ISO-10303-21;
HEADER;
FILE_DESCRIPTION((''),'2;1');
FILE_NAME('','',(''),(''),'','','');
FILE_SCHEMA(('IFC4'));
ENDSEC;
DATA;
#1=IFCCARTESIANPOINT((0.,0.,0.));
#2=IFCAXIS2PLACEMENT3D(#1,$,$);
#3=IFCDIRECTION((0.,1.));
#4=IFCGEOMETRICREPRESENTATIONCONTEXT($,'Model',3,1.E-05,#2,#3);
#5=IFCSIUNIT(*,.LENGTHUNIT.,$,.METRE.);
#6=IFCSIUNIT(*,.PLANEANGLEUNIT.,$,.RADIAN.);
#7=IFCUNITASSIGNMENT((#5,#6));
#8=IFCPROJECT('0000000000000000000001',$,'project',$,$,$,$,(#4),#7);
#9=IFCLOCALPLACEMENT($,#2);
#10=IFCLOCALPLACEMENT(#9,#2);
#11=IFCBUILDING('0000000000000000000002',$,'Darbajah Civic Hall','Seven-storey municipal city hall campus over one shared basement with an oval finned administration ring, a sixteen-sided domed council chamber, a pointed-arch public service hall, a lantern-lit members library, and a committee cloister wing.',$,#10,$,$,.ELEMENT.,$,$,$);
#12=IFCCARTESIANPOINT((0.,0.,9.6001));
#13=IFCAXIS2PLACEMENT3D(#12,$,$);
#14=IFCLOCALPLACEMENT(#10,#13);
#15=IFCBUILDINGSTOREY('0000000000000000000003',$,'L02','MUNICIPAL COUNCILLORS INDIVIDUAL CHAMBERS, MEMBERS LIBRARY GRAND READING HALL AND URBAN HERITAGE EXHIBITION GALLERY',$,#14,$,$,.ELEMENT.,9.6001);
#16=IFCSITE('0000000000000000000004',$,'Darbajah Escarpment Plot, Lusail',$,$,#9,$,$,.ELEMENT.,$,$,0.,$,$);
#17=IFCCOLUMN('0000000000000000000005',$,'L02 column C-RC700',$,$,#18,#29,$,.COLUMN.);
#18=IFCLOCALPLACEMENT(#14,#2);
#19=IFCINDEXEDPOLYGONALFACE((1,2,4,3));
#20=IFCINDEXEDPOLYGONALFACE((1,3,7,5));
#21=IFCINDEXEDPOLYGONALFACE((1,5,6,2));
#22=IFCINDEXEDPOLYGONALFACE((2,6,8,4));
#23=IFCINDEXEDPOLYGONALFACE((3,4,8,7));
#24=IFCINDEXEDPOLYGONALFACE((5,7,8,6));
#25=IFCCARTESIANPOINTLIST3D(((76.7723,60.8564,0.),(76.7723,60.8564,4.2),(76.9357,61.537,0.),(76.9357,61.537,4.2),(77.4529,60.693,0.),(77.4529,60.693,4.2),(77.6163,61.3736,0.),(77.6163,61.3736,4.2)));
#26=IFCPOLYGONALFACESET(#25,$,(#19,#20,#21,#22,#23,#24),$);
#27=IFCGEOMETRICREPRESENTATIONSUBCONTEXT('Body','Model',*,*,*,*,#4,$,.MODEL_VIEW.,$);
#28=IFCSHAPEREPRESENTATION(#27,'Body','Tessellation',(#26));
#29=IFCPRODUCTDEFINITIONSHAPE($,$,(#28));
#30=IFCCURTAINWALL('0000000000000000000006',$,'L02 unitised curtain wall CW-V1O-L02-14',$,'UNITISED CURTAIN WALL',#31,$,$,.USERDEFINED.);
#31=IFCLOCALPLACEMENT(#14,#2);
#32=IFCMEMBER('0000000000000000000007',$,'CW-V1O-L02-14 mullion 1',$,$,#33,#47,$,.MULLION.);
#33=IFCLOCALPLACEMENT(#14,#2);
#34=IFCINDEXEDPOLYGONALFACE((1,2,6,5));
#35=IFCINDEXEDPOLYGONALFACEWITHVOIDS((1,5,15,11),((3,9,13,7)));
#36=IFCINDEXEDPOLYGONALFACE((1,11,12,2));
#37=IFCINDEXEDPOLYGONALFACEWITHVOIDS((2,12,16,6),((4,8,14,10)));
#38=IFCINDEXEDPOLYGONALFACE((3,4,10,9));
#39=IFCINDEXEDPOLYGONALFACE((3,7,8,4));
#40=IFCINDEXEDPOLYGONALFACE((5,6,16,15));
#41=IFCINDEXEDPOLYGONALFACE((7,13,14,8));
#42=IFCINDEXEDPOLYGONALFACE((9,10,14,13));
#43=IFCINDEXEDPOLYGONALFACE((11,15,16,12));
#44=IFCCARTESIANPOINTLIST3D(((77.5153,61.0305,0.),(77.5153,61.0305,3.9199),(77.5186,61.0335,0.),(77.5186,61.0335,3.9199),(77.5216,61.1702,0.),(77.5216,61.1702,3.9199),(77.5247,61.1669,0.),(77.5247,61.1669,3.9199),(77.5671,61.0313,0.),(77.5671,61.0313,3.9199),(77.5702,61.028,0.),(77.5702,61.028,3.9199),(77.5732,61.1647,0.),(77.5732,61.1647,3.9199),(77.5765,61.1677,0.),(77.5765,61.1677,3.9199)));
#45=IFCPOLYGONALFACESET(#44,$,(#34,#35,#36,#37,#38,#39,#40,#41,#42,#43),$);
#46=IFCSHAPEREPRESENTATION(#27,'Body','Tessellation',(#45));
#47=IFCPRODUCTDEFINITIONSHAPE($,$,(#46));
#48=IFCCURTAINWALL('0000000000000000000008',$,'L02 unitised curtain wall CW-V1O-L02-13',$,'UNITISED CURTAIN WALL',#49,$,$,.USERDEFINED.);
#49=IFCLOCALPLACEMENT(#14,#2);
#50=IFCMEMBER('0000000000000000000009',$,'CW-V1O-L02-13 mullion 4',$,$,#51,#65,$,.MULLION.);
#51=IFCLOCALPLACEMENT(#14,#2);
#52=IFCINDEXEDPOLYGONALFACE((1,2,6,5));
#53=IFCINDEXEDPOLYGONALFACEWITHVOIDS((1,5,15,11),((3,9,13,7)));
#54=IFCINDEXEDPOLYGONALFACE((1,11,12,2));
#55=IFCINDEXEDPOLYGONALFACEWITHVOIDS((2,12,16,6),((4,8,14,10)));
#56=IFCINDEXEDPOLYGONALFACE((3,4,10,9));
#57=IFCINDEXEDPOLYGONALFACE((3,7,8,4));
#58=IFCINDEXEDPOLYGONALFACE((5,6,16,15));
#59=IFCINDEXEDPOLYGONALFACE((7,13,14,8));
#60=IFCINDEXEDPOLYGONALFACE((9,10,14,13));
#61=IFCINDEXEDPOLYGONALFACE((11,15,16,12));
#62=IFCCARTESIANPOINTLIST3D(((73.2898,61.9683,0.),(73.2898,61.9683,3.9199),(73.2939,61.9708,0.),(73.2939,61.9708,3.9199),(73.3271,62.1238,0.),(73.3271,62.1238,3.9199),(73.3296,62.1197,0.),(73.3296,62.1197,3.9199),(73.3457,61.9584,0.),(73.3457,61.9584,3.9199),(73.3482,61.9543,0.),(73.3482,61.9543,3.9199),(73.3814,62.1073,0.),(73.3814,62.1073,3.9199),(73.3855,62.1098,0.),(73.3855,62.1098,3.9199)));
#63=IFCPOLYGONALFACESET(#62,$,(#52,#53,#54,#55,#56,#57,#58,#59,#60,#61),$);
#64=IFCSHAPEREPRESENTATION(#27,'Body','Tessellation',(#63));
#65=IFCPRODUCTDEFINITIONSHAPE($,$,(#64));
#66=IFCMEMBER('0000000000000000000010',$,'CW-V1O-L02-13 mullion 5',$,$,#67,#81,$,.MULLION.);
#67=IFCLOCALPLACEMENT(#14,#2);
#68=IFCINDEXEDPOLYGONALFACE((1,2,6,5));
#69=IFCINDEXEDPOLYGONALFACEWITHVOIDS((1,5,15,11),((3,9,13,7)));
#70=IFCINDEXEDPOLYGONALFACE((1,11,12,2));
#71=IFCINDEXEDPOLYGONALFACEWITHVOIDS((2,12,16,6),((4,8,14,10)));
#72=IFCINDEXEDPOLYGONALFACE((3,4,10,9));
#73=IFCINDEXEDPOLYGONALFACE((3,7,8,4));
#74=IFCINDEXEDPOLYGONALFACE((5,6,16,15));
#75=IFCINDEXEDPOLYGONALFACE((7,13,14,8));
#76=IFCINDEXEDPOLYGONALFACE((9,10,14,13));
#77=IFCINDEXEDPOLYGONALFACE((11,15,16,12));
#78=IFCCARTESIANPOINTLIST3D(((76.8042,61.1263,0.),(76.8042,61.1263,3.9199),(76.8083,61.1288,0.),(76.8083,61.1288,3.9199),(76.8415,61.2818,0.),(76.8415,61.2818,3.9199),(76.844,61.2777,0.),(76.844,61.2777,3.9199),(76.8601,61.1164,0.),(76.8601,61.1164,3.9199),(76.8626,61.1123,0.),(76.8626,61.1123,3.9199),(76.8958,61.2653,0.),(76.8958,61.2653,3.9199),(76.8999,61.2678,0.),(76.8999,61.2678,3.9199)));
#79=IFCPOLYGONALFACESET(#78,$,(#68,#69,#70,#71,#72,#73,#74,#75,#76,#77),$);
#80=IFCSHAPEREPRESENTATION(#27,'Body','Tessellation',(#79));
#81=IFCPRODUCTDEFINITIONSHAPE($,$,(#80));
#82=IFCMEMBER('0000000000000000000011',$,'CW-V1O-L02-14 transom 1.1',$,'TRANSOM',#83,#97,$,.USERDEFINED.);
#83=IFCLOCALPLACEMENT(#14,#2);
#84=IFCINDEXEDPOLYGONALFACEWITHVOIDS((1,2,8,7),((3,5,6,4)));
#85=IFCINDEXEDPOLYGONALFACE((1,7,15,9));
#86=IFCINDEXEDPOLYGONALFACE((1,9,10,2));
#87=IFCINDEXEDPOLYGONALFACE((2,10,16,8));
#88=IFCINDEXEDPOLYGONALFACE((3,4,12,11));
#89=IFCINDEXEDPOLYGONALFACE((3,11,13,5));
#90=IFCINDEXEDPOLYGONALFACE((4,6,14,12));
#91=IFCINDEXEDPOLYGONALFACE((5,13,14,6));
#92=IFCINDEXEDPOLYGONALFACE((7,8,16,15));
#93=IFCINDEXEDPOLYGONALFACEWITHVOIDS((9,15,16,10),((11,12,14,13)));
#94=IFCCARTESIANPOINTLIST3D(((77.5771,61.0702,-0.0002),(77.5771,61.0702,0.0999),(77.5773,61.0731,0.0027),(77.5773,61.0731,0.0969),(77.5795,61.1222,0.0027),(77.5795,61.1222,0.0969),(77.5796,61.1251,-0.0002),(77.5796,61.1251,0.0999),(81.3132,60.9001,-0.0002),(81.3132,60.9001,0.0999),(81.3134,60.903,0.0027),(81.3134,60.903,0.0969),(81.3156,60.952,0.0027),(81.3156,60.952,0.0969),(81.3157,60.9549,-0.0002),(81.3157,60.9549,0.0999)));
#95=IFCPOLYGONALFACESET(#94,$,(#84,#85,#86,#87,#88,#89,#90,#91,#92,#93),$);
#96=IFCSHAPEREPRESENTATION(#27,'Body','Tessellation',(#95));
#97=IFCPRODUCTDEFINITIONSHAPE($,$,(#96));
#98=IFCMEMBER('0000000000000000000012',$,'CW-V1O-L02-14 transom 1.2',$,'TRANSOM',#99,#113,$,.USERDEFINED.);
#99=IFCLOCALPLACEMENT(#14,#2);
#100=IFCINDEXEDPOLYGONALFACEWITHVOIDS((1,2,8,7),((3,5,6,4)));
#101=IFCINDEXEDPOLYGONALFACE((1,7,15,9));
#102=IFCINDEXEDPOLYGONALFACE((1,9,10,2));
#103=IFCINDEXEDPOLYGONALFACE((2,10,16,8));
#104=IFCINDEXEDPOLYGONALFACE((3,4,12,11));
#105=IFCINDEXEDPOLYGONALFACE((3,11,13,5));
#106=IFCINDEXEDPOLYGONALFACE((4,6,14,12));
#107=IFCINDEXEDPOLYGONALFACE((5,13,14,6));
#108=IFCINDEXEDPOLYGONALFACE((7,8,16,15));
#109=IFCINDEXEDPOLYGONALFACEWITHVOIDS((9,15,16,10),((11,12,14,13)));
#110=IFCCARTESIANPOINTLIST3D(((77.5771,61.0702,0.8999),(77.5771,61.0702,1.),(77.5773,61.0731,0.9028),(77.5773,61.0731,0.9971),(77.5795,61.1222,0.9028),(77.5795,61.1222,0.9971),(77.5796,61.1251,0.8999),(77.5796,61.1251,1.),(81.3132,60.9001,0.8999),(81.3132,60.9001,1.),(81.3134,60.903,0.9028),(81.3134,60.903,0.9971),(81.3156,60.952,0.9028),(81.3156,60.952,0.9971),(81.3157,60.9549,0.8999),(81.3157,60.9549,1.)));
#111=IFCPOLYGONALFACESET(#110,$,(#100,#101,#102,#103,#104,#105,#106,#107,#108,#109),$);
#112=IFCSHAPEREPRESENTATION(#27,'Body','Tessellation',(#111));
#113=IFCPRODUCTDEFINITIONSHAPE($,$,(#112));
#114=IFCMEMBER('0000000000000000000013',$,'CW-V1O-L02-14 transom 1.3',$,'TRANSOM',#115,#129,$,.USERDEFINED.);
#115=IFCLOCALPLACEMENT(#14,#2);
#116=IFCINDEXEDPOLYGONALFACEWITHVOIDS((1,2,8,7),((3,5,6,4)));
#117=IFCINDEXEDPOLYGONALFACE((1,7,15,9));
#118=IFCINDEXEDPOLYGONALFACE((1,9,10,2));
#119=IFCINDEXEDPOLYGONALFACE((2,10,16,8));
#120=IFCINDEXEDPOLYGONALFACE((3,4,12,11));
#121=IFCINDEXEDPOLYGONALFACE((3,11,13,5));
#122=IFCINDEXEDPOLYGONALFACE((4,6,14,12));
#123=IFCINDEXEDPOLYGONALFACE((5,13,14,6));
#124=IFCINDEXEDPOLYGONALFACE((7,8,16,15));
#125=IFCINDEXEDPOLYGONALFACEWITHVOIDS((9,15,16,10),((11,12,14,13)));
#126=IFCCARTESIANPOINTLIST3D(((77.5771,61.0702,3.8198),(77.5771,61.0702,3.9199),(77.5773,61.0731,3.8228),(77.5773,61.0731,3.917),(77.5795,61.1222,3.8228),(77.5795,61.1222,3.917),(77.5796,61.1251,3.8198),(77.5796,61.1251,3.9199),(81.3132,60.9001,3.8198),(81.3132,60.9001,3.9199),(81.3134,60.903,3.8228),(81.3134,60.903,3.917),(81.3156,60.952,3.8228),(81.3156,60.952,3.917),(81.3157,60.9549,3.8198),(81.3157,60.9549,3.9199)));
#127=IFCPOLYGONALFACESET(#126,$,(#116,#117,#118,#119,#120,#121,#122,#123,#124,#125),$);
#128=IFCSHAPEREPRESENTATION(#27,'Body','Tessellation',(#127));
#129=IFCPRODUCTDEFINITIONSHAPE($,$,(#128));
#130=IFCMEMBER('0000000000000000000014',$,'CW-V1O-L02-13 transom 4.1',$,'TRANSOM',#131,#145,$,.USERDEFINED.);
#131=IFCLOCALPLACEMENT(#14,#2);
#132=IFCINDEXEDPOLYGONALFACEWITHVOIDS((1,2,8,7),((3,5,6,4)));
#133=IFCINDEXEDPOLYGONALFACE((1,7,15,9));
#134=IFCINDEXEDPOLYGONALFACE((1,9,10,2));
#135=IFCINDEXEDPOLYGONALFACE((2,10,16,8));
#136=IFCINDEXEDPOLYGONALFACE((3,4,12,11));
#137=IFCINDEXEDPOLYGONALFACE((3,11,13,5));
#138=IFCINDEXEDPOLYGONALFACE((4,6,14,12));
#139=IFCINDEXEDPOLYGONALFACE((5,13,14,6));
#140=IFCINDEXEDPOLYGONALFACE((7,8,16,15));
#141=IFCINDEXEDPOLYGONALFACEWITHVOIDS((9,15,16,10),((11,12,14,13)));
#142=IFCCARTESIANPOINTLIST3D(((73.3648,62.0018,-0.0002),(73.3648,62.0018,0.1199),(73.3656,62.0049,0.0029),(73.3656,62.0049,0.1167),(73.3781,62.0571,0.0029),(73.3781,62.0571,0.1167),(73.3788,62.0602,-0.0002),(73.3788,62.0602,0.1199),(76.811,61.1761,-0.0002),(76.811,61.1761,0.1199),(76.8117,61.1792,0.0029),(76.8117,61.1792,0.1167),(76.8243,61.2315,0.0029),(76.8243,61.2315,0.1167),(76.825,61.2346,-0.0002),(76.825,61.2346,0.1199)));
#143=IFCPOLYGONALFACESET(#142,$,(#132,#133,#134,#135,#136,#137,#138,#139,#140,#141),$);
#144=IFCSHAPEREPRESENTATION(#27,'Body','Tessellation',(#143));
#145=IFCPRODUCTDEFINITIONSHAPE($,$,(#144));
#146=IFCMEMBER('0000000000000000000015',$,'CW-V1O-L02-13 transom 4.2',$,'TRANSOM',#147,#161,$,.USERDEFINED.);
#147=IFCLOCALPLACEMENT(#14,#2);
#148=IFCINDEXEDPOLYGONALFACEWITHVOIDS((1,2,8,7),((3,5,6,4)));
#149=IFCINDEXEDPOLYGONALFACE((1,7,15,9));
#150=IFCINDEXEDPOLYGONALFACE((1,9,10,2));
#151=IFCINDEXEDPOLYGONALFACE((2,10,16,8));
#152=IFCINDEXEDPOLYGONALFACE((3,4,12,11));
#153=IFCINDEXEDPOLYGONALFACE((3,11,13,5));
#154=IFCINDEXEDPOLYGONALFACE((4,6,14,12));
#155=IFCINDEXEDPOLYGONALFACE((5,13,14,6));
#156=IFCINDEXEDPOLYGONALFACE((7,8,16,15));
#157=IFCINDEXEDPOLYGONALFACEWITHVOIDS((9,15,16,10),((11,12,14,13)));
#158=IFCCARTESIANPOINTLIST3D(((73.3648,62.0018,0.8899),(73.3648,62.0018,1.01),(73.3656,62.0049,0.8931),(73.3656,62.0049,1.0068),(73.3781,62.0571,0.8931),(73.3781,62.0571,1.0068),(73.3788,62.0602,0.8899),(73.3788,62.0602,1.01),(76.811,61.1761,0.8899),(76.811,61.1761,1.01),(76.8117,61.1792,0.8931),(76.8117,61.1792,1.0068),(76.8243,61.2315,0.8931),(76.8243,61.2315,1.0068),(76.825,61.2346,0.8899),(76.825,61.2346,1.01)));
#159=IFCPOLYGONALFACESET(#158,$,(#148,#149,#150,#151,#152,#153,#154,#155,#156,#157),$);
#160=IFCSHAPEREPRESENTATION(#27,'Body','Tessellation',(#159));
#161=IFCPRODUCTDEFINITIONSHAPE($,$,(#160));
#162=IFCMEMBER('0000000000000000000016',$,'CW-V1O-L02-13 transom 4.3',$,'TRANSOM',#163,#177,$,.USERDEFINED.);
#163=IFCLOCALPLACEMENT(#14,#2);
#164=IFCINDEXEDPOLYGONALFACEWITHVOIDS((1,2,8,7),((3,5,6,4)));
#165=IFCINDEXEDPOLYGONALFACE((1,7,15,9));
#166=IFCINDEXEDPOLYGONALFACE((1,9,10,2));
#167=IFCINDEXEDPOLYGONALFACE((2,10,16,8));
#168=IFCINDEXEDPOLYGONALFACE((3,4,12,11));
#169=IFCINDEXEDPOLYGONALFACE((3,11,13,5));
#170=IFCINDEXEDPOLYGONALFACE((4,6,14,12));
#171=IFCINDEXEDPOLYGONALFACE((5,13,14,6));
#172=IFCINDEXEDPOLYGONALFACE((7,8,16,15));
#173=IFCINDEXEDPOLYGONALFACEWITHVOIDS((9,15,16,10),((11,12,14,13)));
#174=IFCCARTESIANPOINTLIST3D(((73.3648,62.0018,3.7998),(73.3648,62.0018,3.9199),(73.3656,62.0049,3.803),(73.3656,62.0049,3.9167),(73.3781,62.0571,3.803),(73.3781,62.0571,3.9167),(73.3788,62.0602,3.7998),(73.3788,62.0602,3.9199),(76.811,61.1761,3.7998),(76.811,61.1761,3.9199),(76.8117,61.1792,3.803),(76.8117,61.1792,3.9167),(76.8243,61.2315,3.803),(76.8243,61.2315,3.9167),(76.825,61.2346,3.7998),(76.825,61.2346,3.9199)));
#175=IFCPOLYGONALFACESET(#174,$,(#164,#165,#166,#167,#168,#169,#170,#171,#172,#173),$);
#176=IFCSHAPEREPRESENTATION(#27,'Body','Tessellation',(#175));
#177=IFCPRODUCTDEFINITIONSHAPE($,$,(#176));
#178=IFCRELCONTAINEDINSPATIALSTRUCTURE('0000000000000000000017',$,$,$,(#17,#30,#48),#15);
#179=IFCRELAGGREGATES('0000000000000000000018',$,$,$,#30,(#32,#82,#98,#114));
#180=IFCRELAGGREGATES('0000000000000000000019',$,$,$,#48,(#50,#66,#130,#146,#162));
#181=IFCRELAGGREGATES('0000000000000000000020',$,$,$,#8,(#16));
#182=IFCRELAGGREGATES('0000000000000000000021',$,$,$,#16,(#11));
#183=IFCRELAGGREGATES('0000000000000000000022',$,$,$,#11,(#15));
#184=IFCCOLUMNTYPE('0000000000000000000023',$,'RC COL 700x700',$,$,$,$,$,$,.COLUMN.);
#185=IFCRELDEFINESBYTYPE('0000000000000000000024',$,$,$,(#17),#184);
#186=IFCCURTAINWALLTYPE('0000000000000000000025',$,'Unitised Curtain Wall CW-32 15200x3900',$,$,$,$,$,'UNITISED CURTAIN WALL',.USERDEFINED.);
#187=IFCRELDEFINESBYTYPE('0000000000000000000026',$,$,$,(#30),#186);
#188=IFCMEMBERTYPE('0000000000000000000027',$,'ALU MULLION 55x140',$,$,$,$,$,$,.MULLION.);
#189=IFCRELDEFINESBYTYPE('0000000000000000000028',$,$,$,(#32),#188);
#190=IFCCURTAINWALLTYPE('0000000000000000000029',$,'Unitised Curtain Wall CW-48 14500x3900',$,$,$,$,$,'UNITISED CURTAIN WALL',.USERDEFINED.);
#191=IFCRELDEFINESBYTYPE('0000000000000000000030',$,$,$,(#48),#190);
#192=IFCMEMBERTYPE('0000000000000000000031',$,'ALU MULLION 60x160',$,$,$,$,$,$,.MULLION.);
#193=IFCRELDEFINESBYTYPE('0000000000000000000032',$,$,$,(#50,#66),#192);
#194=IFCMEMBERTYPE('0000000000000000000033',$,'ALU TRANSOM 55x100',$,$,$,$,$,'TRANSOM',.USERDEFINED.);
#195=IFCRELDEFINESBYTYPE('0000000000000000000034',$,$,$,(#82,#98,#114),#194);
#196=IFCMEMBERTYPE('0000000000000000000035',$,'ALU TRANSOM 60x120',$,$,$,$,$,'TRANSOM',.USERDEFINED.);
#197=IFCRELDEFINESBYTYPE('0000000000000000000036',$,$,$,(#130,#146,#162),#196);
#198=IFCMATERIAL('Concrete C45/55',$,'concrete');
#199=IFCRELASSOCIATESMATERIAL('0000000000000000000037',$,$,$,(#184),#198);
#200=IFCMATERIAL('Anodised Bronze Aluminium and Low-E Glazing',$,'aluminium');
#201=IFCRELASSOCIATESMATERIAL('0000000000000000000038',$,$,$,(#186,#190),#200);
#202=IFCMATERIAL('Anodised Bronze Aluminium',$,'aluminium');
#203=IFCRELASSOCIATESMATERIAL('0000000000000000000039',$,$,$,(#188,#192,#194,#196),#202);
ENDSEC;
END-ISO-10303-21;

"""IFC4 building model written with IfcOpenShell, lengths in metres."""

from ifc_helpers import new_model, si_unit, direction, frame, origin, origin_2d, place, context, subcontext, project, spatial, rectangle, hollow_rectangle, extrude, material, material_profile, profile_set, type_object, element, aggregate, save


model = new_model("IFC4")

# Units and contexts
model_context = context("Model", 3, precision=1e-05, world=origin(), true_north=direction((0.0, 1.0)))
body_context = subcontext(model_context, "Body", "Model", "MODEL_VIEW")
ifc_project = project(units=[si_unit("LENGTHUNIT", "METRE"), si_unit("PLANEANGLEUNIT", "RADIAN")], contexts=[model_context])

# Site, building, storey
site_placement = place(None, origin())
site = spatial("IfcSite", under=ifc_project, at=site_placement, Name="Darbajah Escarpment Plot, Lusail", CompositionType="ELEMENT", RefElevation=0.0)
building_placement = place(site_placement, origin())
building = spatial("IfcBuilding", under=site, at=building_placement, Name="Darbajah Civic Hall", Description="Seven-storey municipal city hall campus over one shared basement with an oval finned administration ring, a sixteen-sided domed council chamber, a pointed-arch public service hall, a lantern-lit members library, and a committee cloister wing.", CompositionType="ELEMENT")
storey_placement = place(building_placement, frame((0.0, 0.0, 9.6001)))
storey = spatial("IfcBuildingStorey", under=building, at=storey_placement, Name="L02", Description="MUNICIPAL COUNCILLORS INDIVIDUAL CHAMBERS, MEMBERS LIBRARY GRAND READING HALL AND URBAN HERITAGE EXHIBITION GALLERY", CompositionType="ELEMENT", Elevation=9.6001)

# Column
ifc_material_1 = material(Name="Concrete C45/55", Category="concrete")
ifc_material_profile_1 = material_profile(ifc_material_1, rectangle(XDim=0.7, YDim=0.7, at=origin_2d()), Name="RC COL 700x700")
ifc_profile_set_1 = profile_set([ifc_material_profile_1], Name="Concrete C45/55")
column_type = type_object("IfcColumnType", Name="RC COL 700x700", PredefinedType="COLUMN", material=ifc_profile_set_1)
column_placement = place(storey_placement, frame((77.1943, 61.115, 0.0), z_axis=(0.0, 0.0, 1.0), x_axis=(-0.233445, -0.97237, 0.0)))
element("IfcColumn", 1, at=column_placement, inside=storey, type_object=column_type, Name="L02 column C-RC700", PredefinedType="COLUMN", context=body_context, shape_type="SweptSolid", body=[
    extrude(rectangle(XDim=0.7, YDim=0.7, at=origin_2d()), origin(), (0.0, 0.0, 1.0), 4.2),
])

# Curtain wall, member
ifc_material_2 = material(Name="Anodised Bronze Aluminium and Low-E Glazing", Category="aluminium")
curtain_wall_type_1 = type_object("IfcCurtainWallType", Name="Unitised Curtain Wall CW-32 15200x3900", ElementType="UNITISED CURTAIN WALL", PredefinedType="USERDEFINED", material=ifc_material_2)
curtain_wall_1_placement = place(storey_placement, origin())
curtain_wall_1 = element("IfcCurtainWall", 2, at=curtain_wall_1_placement, inside=storey, type_object=curtain_wall_type_1, Name="L02 unitised curtain wall CW-V1O-L02-14", ObjectType="UNITISED CURTAIN WALL", PredefinedType="USERDEFINED")
ifc_material_3 = material(Name="Anodised Bronze Aluminium", Category="aluminium")
ifc_material_profile_2 = material_profile(ifc_material_3, hollow_rectangle(XDim=0.0549, YDim=0.1399, WallThickness=0.0032, at=origin_2d()), Name="ALU MULLION 55x140")
ifc_profile_set_2 = profile_set([ifc_material_profile_2], Name="Anodised Bronze Aluminium")
member_type_1 = type_object("IfcMemberType", Name="ALU MULLION 55x140", PredefinedType="MULLION", material=ifc_profile_set_2)
member_1_placement = place(storey_placement, frame((77.5459, 61.0991, 0.0), z_axis=(0.0, 0.0, 1.0), x_axis=(0.998963, -0.045537, 0.0)))
member_1 = element("IfcMember", 3, at=member_1_placement, type_object=member_type_1, Name="CW-V1O-L02-14 mullion 1", PredefinedType="MULLION", context=body_context, shape_type="SweptSolid", body=[
    extrude(hollow_rectangle(XDim=0.0549, YDim=0.1399, WallThickness=0.0032, at=origin_2d()), origin(), (0.0, 0.0, 1.0), 3.9199),
])

# Curtain wall, members
curtain_wall_type_2 = type_object("IfcCurtainWallType", Name="Unitised Curtain Wall CW-48 14500x3900", ElementType="UNITISED CURTAIN WALL", PredefinedType="USERDEFINED", material=ifc_material_2)
curtain_wall_2_placement = place(storey_placement, origin())
curtain_wall_2 = element("IfcCurtainWall", 4, at=curtain_wall_2_placement, inside=storey, type_object=curtain_wall_type_2, Name="L02 unitised curtain wall CW-V1O-L02-13", ObjectType="UNITISED CURTAIN WALL", PredefinedType="USERDEFINED")
ifc_material_profile_3 = material_profile(ifc_material_3, hollow_rectangle(XDim=0.0601, YDim=0.1599, WallThickness=0.0034, at=origin_2d()), Name="ALU MULLION 60x160")
ifc_profile_set_3 = profile_set([ifc_material_profile_3], Name="Anodised Bronze Aluminium")
member_type_2 = type_object("IfcMemberType", Name="ALU MULLION 60x160", PredefinedType="MULLION", material=ifc_profile_set_3)
member_2_placement = place(storey_placement, frame((73.3376, 62.0391, 0.0), z_axis=(0.0, 0.0, 1.0), x_axis=(0.972492, -0.232936, 0.0)))
member_2 = element("IfcMember", 5, at=member_2_placement, type_object=member_type_2, Name="CW-V1O-L02-13 mullion 4", PredefinedType="MULLION", context=body_context, shape_type="SweptSolid", body=[
    extrude(hollow_rectangle(XDim=0.0601, YDim=0.1599, WallThickness=0.0034, at=origin_2d()), origin(), (0.0, 0.0, 1.0), 3.9199),
])
member_3_placement = place(storey_placement, frame((76.8521, 61.197, 0.0), z_axis=(0.0, 0.0, 1.0), x_axis=(0.972492, -0.232936, 0.0)))
member_3 = element("IfcMember", 6, at=member_3_placement, type_object=member_type_2, Name="CW-V1O-L02-13 mullion 5", PredefinedType="MULLION", context=body_context, shape_type="SweptSolid", body=[
    extrude(hollow_rectangle(XDim=0.0601, YDim=0.1599, WallThickness=0.0034, at=origin_2d()), origin(), (0.0, 0.0, 1.0), 3.9199),
])

# Members
ifc_material_profile_4 = material_profile(ifc_material_3, hollow_rectangle(XDim=0.0549, YDim=0.1001, WallThickness=0.0029, at=origin_2d()), Name="ALU TRANSOM 55x100")
ifc_profile_set_4 = profile_set([ifc_material_profile_4], Name="Anodised Bronze Aluminium")
member_type_3 = type_object("IfcMemberType", Name="ALU TRANSOM 55x100", ElementType="TRANSOM", PredefinedType="USERDEFINED", material=ifc_profile_set_4)
member_4_placement = place(storey_placement, frame((77.5784, 61.0977, 0.0498), z_axis=(0.998964, -0.045499, 0.0), x_axis=(0.045499, 0.998964, 0.0)))
member_4 = element("IfcMember", 7, at=member_4_placement, type_object=member_type_3, Name="CW-V1O-L02-14 transom 1.1", ObjectType="TRANSOM", PredefinedType="USERDEFINED", context=body_context, shape_type="SweptSolid", body=[
    extrude(hollow_rectangle(XDim=0.0549, YDim=0.1001, WallThickness=0.0029, at=origin_2d()), origin(), (0.0, 0.0, 1.0), 3.74),
])
member_5_placement = place(storey_placement, frame((77.5784, 61.0977, 0.95), z_axis=(0.998964, -0.045499, 0.0), x_axis=(0.045499, 0.998964, 0.0)))
member_5 = element("IfcMember", 8, at=member_5_placement, type_object=member_type_3, Name="CW-V1O-L02-14 transom 1.2", ObjectType="TRANSOM", PredefinedType="USERDEFINED", context=body_context, shape_type="SweptSolid", body=[
    extrude(hollow_rectangle(XDim=0.0549, YDim=0.1001, WallThickness=0.0029, at=origin_2d()), origin(), (0.0, 0.0, 1.0), 3.74),
])
member_6_placement = place(storey_placement, frame((77.5784, 61.0977, 3.8699), z_axis=(0.998964, -0.045499, 0.0), x_axis=(0.045499, 0.998964, 0.0)))
member_6 = element("IfcMember", 9, at=member_6_placement, type_object=member_type_3, Name="CW-V1O-L02-14 transom 1.3", ObjectType="TRANSOM", PredefinedType="USERDEFINED", context=body_context, shape_type="SweptSolid", body=[
    extrude(hollow_rectangle(XDim=0.0549, YDim=0.1001, WallThickness=0.0029, at=origin_2d()), origin(), (0.0, 0.0, 1.0), 3.74),
])
ifc_material_profile_5 = material_profile(ifc_material_3, hollow_rectangle(XDim=0.0601, YDim=0.1201, WallThickness=0.0032, at=origin_2d()), Name="ALU TRANSOM 60x120")
ifc_profile_set_5 = profile_set([ifc_material_profile_5], Name="Anodised Bronze Aluminium")
member_type_4 = type_object("IfcMemberType", Name="ALU TRANSOM 60x120", ElementType="TRANSOM", PredefinedType="USERDEFINED", material=ifc_profile_set_5)
member_7_placement = place(storey_placement, frame((73.3718, 62.031, 0.0598), z_axis=(0.972479, -0.232993, 0.0), x_axis=(0.232993, 0.972479, 0.0)))
member_7 = element("IfcMember", 10, at=member_7_placement, type_object=member_type_4, Name="CW-V1O-L02-13 transom 4.1", ObjectType="TRANSOM", PredefinedType="USERDEFINED", context=body_context, shape_type="SweptSolid", body=[
    extrude(hollow_rectangle(XDim=0.0601, YDim=0.1201, WallThickness=0.0032, at=origin_2d()), origin(), (0.0, 0.0, 1.0), 3.5437),
])
member_8_placement = place(storey_placement, frame((73.3718, 62.031, 0.95), z_axis=(0.972479, -0.232993, 0.0), x_axis=(0.232993, 0.972479, 0.0)))
member_8 = element("IfcMember", 11, at=member_8_placement, type_object=member_type_4, Name="CW-V1O-L02-13 transom 4.2", ObjectType="TRANSOM", PredefinedType="USERDEFINED", context=body_context, shape_type="SweptSolid", body=[
    extrude(hollow_rectangle(XDim=0.0601, YDim=0.1201, WallThickness=0.0032, at=origin_2d()), origin(), (0.0, 0.0, 1.0), 3.5437),
])
member_9_placement = place(storey_placement, frame((73.3718, 62.031, 3.8599), z_axis=(0.972479, -0.232993, 0.0), x_axis=(0.232993, 0.972479, 0.0)))
member_9 = element("IfcMember", 12, at=member_9_placement, type_object=member_type_4, Name="CW-V1O-L02-13 transom 4.3", ObjectType="TRANSOM", PredefinedType="USERDEFINED", context=body_context, shape_type="SweptSolid", body=[
    extrude(hollow_rectangle(XDim=0.0601, YDim=0.1201, WallThickness=0.0032, at=origin_2d()), origin(), (0.0, 0.0, 1.0), 3.5437),
])

aggregate(curtain_wall_1, [member_1, member_4, member_5, member_6])
aggregate(curtain_wall_2, [member_2, member_3, member_7, member_8, member_9])

save(model, "model.ifc")
